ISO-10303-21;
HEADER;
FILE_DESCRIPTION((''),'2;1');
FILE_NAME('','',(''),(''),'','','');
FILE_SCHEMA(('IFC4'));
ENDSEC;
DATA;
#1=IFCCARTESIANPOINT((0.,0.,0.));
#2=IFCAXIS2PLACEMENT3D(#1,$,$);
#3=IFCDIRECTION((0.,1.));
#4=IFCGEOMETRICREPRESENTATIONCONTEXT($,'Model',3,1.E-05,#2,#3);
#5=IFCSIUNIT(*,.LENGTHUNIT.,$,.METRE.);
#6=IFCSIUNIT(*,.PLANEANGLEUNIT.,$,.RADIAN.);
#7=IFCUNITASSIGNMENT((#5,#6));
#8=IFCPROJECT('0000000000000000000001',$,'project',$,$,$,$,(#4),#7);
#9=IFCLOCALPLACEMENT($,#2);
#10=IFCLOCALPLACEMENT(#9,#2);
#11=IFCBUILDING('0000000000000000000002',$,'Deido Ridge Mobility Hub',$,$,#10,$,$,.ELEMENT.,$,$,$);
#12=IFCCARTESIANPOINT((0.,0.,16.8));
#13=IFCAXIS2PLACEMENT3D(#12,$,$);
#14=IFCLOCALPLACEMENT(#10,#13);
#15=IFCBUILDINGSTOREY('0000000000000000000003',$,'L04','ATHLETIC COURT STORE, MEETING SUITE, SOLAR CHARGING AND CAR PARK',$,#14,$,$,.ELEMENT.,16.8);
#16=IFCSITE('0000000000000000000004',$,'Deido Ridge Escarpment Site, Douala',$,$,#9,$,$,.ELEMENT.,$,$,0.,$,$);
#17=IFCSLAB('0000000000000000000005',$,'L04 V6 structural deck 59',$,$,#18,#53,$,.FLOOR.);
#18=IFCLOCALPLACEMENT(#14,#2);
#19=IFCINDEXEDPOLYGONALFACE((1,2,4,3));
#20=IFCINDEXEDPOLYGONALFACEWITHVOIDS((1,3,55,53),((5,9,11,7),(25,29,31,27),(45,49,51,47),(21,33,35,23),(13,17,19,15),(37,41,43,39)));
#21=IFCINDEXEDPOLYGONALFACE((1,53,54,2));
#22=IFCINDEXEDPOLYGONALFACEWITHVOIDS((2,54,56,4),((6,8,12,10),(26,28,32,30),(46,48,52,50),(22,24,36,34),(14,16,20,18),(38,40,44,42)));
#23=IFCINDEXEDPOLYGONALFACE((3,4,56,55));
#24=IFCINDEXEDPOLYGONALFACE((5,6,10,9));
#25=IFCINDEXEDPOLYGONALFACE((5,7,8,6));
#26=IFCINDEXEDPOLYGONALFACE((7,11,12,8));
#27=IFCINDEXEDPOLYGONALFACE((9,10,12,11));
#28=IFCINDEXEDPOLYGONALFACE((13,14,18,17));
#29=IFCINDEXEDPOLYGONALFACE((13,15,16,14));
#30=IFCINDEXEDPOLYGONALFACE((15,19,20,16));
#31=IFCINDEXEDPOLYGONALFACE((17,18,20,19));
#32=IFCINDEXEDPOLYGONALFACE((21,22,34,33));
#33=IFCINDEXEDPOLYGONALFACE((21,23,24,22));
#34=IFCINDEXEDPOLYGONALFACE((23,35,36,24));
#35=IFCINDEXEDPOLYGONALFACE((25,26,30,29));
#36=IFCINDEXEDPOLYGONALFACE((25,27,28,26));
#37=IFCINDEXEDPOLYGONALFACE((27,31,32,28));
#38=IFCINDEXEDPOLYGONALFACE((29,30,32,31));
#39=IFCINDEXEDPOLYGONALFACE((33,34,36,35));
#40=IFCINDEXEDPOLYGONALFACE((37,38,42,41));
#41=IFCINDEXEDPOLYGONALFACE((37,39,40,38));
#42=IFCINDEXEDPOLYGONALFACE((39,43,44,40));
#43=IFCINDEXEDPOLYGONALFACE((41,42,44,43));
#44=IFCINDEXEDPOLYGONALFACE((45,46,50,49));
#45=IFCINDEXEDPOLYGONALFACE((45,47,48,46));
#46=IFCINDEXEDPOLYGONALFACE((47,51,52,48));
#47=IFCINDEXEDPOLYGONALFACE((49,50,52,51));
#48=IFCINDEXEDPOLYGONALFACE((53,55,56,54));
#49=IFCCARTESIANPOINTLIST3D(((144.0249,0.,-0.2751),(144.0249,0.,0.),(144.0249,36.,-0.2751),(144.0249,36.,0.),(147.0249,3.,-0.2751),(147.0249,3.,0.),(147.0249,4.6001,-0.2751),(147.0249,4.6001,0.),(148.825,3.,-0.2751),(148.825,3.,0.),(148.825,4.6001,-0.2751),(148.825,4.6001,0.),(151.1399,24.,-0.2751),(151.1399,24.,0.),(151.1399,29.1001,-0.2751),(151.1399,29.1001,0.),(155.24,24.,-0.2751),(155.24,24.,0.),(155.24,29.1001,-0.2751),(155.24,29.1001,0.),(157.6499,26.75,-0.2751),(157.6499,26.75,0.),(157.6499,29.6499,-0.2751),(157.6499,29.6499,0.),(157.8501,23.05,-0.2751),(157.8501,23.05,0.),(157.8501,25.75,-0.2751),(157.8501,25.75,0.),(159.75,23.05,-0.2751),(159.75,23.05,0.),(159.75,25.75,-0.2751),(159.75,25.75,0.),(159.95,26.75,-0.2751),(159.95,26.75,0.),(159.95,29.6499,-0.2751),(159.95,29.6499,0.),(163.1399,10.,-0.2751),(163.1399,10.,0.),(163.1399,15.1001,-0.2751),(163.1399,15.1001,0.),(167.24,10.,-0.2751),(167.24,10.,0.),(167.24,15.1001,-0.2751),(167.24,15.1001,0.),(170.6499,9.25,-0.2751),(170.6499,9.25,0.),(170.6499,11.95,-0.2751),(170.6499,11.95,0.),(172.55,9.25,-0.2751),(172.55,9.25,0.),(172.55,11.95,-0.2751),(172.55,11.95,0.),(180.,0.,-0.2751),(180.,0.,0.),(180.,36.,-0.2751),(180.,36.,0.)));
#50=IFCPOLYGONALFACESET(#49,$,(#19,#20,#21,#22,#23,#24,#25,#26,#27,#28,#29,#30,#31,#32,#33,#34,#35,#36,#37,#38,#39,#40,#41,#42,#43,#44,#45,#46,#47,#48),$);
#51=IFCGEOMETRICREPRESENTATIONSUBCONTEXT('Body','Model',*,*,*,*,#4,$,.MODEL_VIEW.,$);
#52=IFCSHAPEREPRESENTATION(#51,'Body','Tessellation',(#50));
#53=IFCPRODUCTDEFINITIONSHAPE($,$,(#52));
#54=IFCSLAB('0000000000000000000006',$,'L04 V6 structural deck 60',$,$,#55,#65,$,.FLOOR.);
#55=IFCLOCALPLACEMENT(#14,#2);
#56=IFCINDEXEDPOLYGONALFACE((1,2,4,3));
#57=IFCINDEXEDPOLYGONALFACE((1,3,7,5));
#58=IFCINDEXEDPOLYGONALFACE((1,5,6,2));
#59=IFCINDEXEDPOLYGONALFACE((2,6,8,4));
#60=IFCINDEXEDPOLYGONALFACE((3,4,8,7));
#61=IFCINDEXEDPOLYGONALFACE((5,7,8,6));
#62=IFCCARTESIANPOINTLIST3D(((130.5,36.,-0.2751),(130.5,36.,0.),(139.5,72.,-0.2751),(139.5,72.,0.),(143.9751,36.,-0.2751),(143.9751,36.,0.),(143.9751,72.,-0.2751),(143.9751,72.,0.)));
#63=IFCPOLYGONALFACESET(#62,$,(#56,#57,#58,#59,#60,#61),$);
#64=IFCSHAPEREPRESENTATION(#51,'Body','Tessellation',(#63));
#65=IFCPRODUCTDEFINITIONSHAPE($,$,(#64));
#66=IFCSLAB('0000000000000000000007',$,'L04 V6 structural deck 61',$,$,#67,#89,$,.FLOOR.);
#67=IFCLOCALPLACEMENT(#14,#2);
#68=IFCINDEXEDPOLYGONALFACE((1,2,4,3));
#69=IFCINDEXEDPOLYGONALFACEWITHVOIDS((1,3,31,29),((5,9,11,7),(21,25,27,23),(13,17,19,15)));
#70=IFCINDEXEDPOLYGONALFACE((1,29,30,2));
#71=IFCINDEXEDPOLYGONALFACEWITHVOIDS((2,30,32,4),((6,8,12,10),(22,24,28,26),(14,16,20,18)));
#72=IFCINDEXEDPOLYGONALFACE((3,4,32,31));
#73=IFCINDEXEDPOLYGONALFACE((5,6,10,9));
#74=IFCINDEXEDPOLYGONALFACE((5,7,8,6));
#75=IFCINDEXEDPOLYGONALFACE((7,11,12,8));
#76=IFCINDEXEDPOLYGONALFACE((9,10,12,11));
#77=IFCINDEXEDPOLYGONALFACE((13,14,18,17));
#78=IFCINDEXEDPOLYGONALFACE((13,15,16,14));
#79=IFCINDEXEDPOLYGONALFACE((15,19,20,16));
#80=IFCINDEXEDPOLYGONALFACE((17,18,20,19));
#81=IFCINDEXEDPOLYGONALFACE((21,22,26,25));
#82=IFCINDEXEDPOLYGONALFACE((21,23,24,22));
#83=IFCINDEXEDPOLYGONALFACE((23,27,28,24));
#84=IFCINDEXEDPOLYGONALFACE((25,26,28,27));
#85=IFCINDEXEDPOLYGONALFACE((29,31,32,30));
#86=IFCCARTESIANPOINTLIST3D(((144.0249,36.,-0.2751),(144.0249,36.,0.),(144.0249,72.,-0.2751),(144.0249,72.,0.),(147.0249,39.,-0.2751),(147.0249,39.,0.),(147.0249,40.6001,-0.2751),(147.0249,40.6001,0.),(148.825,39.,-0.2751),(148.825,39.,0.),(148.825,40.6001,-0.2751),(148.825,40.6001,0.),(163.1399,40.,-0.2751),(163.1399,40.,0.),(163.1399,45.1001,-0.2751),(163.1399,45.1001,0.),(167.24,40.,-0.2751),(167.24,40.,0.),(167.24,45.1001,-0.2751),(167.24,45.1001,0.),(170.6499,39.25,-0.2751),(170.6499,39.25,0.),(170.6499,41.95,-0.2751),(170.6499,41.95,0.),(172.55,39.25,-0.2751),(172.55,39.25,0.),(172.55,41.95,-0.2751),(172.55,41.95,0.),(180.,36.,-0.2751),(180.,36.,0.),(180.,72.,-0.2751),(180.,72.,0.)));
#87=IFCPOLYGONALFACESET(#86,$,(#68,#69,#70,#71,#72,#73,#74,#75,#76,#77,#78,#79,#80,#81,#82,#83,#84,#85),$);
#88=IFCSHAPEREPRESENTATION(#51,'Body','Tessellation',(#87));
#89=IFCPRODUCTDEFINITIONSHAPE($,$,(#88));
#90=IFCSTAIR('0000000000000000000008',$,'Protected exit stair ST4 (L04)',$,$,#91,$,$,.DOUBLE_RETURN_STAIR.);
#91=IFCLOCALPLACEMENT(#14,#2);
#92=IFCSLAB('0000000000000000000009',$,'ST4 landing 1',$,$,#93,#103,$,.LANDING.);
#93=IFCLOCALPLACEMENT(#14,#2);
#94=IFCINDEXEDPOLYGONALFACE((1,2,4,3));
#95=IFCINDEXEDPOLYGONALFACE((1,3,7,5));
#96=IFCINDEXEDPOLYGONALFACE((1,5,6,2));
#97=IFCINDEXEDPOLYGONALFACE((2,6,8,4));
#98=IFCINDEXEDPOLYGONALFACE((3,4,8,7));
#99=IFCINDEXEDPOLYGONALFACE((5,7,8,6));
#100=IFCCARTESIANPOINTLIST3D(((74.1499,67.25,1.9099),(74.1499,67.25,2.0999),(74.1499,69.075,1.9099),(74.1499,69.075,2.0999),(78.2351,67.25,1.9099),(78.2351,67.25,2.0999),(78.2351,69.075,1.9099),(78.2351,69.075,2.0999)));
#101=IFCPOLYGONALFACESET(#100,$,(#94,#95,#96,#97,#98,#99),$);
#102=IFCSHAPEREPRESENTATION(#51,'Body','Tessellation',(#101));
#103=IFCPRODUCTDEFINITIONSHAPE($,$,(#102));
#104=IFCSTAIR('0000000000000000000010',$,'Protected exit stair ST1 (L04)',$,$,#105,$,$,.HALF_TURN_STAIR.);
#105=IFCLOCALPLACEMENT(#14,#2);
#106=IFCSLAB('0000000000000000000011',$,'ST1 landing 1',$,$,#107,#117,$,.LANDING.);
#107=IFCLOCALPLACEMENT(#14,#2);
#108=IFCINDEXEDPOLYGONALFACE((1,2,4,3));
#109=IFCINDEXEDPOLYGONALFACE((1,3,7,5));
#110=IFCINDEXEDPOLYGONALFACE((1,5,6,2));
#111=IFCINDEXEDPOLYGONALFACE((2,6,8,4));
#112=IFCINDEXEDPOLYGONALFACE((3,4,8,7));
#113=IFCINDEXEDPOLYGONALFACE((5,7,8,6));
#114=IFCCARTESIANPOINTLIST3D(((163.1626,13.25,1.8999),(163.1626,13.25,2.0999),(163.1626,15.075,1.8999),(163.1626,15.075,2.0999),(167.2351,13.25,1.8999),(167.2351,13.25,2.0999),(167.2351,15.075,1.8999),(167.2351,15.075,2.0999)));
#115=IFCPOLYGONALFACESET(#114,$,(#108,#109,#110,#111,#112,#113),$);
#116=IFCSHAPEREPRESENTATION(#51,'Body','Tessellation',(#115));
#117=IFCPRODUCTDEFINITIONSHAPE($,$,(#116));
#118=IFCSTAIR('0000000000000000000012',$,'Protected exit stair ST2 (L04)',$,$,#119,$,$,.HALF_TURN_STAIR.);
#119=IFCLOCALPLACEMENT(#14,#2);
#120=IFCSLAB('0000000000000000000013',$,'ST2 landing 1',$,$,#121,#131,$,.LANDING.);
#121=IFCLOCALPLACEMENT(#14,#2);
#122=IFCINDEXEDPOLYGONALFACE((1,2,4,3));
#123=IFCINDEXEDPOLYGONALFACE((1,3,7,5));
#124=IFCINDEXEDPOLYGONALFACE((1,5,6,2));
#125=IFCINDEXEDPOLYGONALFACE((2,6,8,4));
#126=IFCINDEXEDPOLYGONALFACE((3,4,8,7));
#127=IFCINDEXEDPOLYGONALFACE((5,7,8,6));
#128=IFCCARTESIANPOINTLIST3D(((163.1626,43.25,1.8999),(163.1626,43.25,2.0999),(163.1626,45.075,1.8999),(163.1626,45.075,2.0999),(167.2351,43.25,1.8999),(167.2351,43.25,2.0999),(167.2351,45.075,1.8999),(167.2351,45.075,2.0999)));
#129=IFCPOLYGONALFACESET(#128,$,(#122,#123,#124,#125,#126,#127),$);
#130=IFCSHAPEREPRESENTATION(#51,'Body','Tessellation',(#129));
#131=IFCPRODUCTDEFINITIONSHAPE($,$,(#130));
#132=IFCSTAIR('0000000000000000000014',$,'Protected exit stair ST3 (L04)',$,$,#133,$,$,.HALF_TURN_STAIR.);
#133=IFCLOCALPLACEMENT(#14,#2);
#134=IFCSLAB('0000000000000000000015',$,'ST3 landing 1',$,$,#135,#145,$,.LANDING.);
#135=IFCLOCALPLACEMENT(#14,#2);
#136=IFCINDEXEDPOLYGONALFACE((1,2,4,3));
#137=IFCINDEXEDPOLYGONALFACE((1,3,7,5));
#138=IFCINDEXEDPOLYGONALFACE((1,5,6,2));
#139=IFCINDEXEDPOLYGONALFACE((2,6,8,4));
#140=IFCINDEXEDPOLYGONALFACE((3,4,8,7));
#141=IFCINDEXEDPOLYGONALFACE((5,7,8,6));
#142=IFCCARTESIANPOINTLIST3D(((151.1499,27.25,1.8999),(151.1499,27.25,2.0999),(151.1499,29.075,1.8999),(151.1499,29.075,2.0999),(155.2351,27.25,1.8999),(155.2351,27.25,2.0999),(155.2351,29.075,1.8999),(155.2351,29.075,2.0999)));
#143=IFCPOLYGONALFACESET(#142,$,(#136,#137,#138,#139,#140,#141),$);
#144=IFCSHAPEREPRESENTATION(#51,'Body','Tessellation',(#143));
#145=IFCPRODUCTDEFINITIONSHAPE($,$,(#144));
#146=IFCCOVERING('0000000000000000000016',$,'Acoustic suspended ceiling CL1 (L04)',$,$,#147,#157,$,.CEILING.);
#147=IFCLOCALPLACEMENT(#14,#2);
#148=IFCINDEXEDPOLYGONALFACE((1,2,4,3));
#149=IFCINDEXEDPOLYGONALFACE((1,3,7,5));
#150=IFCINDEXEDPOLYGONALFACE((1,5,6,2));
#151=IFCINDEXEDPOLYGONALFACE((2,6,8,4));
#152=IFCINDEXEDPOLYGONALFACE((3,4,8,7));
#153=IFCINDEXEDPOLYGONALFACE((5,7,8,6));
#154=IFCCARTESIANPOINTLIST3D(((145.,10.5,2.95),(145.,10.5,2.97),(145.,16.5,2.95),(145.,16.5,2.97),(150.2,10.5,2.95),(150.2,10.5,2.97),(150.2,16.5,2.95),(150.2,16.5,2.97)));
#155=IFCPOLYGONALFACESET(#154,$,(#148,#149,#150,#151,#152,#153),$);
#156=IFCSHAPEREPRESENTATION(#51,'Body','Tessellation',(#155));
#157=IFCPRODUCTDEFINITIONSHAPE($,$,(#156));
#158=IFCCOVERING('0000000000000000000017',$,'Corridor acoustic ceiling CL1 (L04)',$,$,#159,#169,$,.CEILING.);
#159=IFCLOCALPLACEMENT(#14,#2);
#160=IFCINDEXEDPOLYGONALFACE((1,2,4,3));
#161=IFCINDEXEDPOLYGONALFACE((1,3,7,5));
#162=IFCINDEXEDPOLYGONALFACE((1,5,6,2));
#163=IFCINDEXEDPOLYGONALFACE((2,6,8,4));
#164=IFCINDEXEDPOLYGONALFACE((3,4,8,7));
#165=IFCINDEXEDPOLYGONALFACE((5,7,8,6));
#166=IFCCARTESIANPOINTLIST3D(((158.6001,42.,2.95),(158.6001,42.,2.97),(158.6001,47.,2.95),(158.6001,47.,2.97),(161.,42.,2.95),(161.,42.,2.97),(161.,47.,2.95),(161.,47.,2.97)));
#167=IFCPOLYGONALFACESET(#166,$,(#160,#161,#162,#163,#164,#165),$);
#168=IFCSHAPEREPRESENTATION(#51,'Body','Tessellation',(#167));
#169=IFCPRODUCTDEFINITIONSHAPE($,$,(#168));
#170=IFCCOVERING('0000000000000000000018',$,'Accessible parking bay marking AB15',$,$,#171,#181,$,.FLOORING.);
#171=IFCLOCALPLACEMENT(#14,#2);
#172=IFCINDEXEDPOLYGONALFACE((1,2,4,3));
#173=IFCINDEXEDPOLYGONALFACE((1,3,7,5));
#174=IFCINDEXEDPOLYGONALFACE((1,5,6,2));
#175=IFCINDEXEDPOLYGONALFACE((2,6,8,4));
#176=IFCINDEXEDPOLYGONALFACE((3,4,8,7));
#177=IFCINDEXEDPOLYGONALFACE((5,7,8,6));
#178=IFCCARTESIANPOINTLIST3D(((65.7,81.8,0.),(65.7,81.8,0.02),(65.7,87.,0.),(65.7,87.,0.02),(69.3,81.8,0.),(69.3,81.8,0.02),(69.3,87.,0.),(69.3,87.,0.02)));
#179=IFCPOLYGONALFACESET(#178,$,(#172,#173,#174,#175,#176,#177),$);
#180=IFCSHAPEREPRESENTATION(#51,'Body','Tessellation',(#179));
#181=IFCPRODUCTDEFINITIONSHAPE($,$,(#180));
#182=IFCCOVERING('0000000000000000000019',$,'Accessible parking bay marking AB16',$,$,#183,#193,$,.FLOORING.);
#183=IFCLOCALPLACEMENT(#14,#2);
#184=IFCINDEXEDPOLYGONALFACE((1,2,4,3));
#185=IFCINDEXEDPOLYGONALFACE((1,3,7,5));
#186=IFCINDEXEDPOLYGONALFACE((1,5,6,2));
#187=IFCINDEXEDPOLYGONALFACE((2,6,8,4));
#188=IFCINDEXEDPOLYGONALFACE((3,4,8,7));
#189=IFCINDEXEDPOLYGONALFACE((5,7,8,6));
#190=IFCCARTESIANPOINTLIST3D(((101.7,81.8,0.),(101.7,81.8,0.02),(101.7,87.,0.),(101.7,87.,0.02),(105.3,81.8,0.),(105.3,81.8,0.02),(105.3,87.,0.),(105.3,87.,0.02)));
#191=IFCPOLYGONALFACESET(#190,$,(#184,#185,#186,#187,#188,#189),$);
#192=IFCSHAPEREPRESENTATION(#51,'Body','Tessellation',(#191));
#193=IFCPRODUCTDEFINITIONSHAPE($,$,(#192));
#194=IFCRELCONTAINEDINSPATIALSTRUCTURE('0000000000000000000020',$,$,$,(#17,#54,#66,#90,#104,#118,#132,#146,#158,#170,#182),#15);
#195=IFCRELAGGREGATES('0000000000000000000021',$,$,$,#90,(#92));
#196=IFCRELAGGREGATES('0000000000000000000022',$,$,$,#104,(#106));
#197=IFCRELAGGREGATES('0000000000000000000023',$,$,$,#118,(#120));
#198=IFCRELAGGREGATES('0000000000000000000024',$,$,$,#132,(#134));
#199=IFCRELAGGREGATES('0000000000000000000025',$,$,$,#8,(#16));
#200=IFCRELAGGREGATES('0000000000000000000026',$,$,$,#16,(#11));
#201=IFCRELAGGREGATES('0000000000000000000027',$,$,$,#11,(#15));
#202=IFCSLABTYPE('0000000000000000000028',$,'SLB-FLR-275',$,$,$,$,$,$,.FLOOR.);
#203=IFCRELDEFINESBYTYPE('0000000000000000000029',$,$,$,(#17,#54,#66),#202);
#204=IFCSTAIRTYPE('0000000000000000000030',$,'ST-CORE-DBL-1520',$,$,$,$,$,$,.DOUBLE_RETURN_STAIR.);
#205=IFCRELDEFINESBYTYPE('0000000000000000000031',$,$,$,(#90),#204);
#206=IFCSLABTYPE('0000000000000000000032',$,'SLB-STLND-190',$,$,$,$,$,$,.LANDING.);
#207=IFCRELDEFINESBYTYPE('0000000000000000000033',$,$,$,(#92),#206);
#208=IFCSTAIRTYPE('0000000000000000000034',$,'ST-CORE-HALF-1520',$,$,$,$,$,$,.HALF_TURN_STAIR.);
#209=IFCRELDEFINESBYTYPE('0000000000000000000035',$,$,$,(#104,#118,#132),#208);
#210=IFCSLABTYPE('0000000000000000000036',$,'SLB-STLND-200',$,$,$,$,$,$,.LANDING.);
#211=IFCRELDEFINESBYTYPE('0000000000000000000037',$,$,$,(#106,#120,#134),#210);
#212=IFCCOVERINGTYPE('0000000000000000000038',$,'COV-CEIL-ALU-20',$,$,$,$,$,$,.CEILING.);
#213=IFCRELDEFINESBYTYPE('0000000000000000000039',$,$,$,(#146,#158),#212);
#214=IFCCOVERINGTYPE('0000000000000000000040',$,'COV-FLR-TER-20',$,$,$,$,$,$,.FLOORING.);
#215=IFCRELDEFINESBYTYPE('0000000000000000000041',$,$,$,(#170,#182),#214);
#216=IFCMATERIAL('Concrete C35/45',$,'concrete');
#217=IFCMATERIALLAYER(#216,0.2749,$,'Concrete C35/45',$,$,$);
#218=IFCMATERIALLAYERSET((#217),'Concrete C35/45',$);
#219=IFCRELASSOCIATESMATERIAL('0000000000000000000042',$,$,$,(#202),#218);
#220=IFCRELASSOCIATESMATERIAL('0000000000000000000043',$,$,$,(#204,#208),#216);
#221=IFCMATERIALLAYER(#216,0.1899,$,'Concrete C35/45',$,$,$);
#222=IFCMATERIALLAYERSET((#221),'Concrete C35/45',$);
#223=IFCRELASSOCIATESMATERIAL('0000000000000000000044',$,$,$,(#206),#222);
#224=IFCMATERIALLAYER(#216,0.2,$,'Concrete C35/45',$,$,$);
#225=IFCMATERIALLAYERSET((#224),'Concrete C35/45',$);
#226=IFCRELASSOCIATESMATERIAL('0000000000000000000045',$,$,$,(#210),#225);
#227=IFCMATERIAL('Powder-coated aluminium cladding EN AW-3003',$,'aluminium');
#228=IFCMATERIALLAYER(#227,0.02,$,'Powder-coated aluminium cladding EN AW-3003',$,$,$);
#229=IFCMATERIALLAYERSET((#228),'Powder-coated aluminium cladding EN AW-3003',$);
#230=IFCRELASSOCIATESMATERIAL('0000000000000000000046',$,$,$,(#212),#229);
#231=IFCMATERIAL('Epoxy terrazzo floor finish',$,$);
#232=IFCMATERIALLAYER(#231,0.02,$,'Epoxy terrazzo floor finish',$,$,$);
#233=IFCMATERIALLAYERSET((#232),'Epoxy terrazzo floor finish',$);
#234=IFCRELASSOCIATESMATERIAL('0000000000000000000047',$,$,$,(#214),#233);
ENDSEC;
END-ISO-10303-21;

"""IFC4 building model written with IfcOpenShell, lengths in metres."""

from ifc_helpers import new_model, si_unit, direction, frame, origin, place, context, subcontext, project, spatial, polyline, outline, extrude, material, layer, layer_set, type_object, element, aggregate, save


model = new_model("IFC4")

# Units and contexts
model_context = context("Model", 3, precision=1e-05, world=origin(), true_north=direction((0.0, 1.0)))
body_context = subcontext(model_context, "Body", "Model", "MODEL_VIEW")
ifc_project = project(units=[si_unit("LENGTHUNIT", "METRE"), si_unit("PLANEANGLEUNIT", "RADIAN")], contexts=[model_context])

# Site, building, storey
site_placement = place(None, origin())
site = spatial("IfcSite", under=ifc_project, at=site_placement, Name="Deido Ridge Escarpment Site, Douala", CompositionType="ELEMENT", RefElevation=0.0)
building_placement = place(site_placement, origin())
building = spatial("IfcBuilding", under=site, at=building_placement, Name="Deido Ridge Mobility Hub", CompositionType="ELEMENT")
storey_placement = place(building_placement, frame((0.0, 0.0, 16.8)))
storey = spatial("IfcBuildingStorey", under=building, at=storey_placement, Name="L04", Description="ATHLETIC COURT STORE, MEETING SUITE, SOLAR CHARGING AND CAR PARK", CompositionType="ELEMENT", Elevation=16.8)

# Slabs
ifc_material_1 = material(Name="Concrete C35/45", Category="concrete")
ifc_layer_1 = layer(ifc_material_1, 0.2749, Name="Concrete C35/45")
ifc_layer_set_1 = layer_set([ifc_layer_1], Name="Concrete C35/45")
slab_type_1 = type_object("IfcSlabType", Name="SLB-FLR-275", PredefinedType="FLOOR", material=ifc_layer_set_1)
slab_1_placement = place(storey_placement, frame((0.0, 0.0, -0.2751)))
element("IfcSlab", 1, at=slab_1_placement, inside=storey, type_object=slab_type_1, Name="L04 V6 structural deck 59", PredefinedType="FLOOR", context=body_context, shape_type="SweptSolid", body=[
    extrude(outline(polyline([(180.0, 36.0), (180.0, 0.0), (144.0249, 0.0), (144.0249, 36.0), (180.0, 36.0)]), holes=[polyline([(147.0249, 3.0), (147.0249, 4.6001), (148.825, 4.6001), (148.825, 3.0), (147.0249, 3.0)]), polyline([(170.6499, 9.25), (170.6499, 11.95), (172.55, 11.95), (172.55, 9.25), (170.6499, 9.25)]), polyline([(163.1399, 10.0), (163.1399, 15.1001), (167.24, 15.1001), (167.24, 10.0), (163.1399, 10.0)]), polyline([(157.8501, 23.05), (157.8501, 25.75), (159.75, 25.75), (159.75, 23.05), (157.8501, 23.05)]), polyline([(151.1399, 24.0), (151.1399, 29.1001), (155.24, 29.1001), (155.24, 24.0), (151.1399, 24.0)]), polyline([(157.6499, 26.75), (157.6499, 29.6499), (159.95, 29.6499), (159.95, 26.75), (157.6499, 26.75)])]), origin(), (0.0, 0.0, 1.0), 0.2751),
])
slab_2_placement = place(storey_placement, frame((0.0, 0.0, -0.2751)))
element("IfcSlab", 2, at=slab_2_placement, inside=storey, type_object=slab_type_1, Name="L04 V6 structural deck 60", PredefinedType="FLOOR", context=body_context, shape_type="SweptSolid", body=[
    extrude(outline(polyline([(143.9751, 72.0), (143.9751, 36.0), (130.5, 36.0), (139.5, 72.0), (143.9751, 72.0)])), origin(), (0.0, 0.0, 1.0), 0.2751),
])
slab_3_placement = place(storey_placement, frame((0.0, 0.0, -0.2751)))
element("IfcSlab", 3, at=slab_3_placement, inside=storey, type_object=slab_type_1, Name="L04 V6 structural deck 61", PredefinedType="FLOOR", context=body_context, shape_type="SweptSolid", body=[
    extrude(outline(polyline([(180.0, 72.0), (180.0, 36.0), (144.0249, 36.0), (144.0249, 72.0), (180.0, 72.0)]), holes=[polyline([(147.0249, 39.0), (147.0249, 40.6001), (148.825, 40.6001), (148.825, 39.0), (147.0249, 39.0)]), polyline([(170.6499, 39.25), (170.6499, 41.95), (172.55, 41.95), (172.55, 39.25), (170.6499, 39.25)]), polyline([(163.1399, 40.0), (163.1399, 45.1001), (167.24, 45.1001), (167.24, 40.0), (163.1399, 40.0)])]), origin(), (0.0, 0.0, 1.0), 0.2751),
])

# Stairs, slabs
stair_type_1 = type_object("IfcStairType", Name="ST-CORE-DBL-1520", PredefinedType="DOUBLE_RETURN_STAIR", material=ifc_material_1)
stair_1_placement = place(storey_placement, origin())
stair_1 = element("IfcStair", 4, at=stair_1_placement, inside=storey, type_object=stair_type_1, Name="Protected exit stair ST4 (L04)", PredefinedType="DOUBLE_RETURN_STAIR")
ifc_layer_2 = layer(ifc_material_1, 0.1899, Name="Concrete C35/45")
ifc_layer_set_2 = layer_set([ifc_layer_2], Name="Concrete C35/45")
slab_type_2 = type_object("IfcSlabType", Name="SLB-STLND-190", PredefinedType="LANDING", material=ifc_layer_set_2)
slab_4_placement = place(storey_placement, frame((0.0, 0.0, 1.9099)))
slab_4 = element("IfcSlab", 5, at=slab_4_placement, type_object=slab_type_2, Name="ST4 landing 1", PredefinedType="LANDING", context=body_context, shape_type="SweptSolid", body=[
    extrude(outline(polyline([(74.1499, 67.25), (78.2351, 67.25), (78.2351, 69.075), (74.1499, 69.075), (74.1499, 67.25)])), origin(), (0.0, 0.0, 1.0), 0.1899),
])
aggregate(stair_1, [slab_4])
stair_type_2 = type_object("IfcStairType", Name="ST-CORE-HALF-1520", PredefinedType="HALF_TURN_STAIR", material=ifc_material_1)
stair_2_placement = place(storey_placement, origin())
stair_2 = element("IfcStair", 6, at=stair_2_placement, inside=storey, type_object=stair_type_2, Name="Protected exit stair ST1 (L04)", PredefinedType="HALF_TURN_STAIR")
ifc_layer_3 = layer(ifc_material_1, 0.2, Name="Concrete C35/45")
ifc_layer_set_3 = layer_set([ifc_layer_3], Name="Concrete C35/45")
slab_type_3 = type_object("IfcSlabType", Name="SLB-STLND-200", PredefinedType="LANDING", material=ifc_layer_set_3)
slab_5_placement = place(storey_placement, frame((0.0, 0.0, 1.8999)))
slab_5 = element("IfcSlab", 7, at=slab_5_placement, type_object=slab_type_3, Name="ST1 landing 1", PredefinedType="LANDING", context=body_context, shape_type="SweptSolid", body=[
    extrude(outline(polyline([(163.1626, 13.25), (167.2351, 13.25), (167.2351, 15.075), (163.1626, 15.075), (163.1626, 13.25)])), origin(), (0.0, 0.0, 1.0), 0.2),
])
aggregate(stair_2, [slab_5])
stair_3_placement = place(storey_placement, origin())
stair_3 = element("IfcStair", 8, at=stair_3_placement, inside=storey, type_object=stair_type_2, Name="Protected exit stair ST2 (L04)", PredefinedType="HALF_TURN_STAIR")
slab_6_placement = place(storey_placement, frame((0.0, 0.0, 1.8999)))
slab_6 = element("IfcSlab", 9, at=slab_6_placement, type_object=slab_type_3, Name="ST2 landing 1", PredefinedType="LANDING", context=body_context, shape_type="SweptSolid", body=[
    extrude(outline(polyline([(163.1626, 43.25), (167.2351, 43.25), (167.2351, 45.075), (163.1626, 45.075), (163.1626, 43.25)])), origin(), (0.0, 0.0, 1.0), 0.2),
])
aggregate(stair_3, [slab_6])
stair_4_placement = place(storey_placement, origin())
stair_4 = element("IfcStair", 10, at=stair_4_placement, inside=storey, type_object=stair_type_2, Name="Protected exit stair ST3 (L04)", PredefinedType="HALF_TURN_STAIR")
slab_7_placement = place(storey_placement, frame((0.0, 0.0, 1.8999)))
slab_7 = element("IfcSlab", 11, at=slab_7_placement, type_object=slab_type_3, Name="ST3 landing 1", PredefinedType="LANDING", context=body_context, shape_type="SweptSolid", body=[
    extrude(outline(polyline([(151.1499, 27.25), (155.2351, 27.25), (155.2351, 29.075), (151.1499, 29.075), (151.1499, 27.25)])), origin(), (0.0, 0.0, 1.0), 0.2),
])
aggregate(stair_4, [slab_7])

# Shared definitions
ifc_material_2 = material(Name="Powder-coated aluminium cladding EN AW-3003", Category="aluminium")

# Coverings
ifc_layer_4 = layer(ifc_material_2, 0.02, Name="Powder-coated aluminium cladding EN AW-3003")
ifc_layer_set_4 = layer_set([ifc_layer_4], Name="Powder-coated aluminium cladding EN AW-3003")
covering_type_1 = type_object("IfcCoveringType", Name="COV-CEIL-ALU-20", PredefinedType="CEILING", material=ifc_layer_set_4)
covering_1_placement = place(storey_placement, frame((0.0, 0.0, 2.95)))
element("IfcCovering", 12, at=covering_1_placement, inside=storey, type_object=covering_type_1, Name="Acoustic suspended ceiling CL1 (L04)", PredefinedType="CEILING", context=body_context, shape_type="SweptSolid", body=[
    extrude(outline(polyline([(145.0, 10.5), (150.2, 10.5), (150.2, 16.5), (145.0, 16.5), (145.0, 10.5)])), origin(), (0.0, 0.0, 1.0), 0.02),
])
covering_2_placement = place(storey_placement, frame((0.0, 0.0, 2.95)))
element("IfcCovering", 13, at=covering_2_placement, inside=storey, type_object=covering_type_1, Name="Corridor acoustic ceiling CL1 (L04)", PredefinedType="CEILING", context=body_context, shape_type="SweptSolid", body=[
    extrude(outline(polyline([(158.6001, 42.0), (161.0, 42.0), (161.0, 47.0), (158.6001, 47.0), (158.6001, 42.0)])), origin(), (0.0, 0.0, 1.0), 0.02),
])
ifc_material_3 = material(Name="Epoxy terrazzo floor finish")
ifc_layer_5 = layer(ifc_material_3, 0.02, Name="Epoxy terrazzo floor finish")
ifc_layer_set_5 = layer_set([ifc_layer_5], Name="Epoxy terrazzo floor finish")
covering_type_2 = type_object("IfcCoveringType", Name="COV-FLR-TER-20", PredefinedType="FLOORING", material=ifc_layer_set_5)
covering_3_placement = place(storey_placement, origin())
element("IfcCovering", 14, at=covering_3_placement, inside=storey, type_object=covering_type_2, Name="Accessible parking bay marking AB15", PredefinedType="FLOORING", context=body_context, shape_type="SweptSolid", body=[
    extrude(outline(polyline([(65.7, 81.8), (69.3, 81.8), (69.3, 87.0), (65.7, 87.0), (65.7, 81.8)])), origin(), (0.0, 0.0, 1.0), 0.02),
])
covering_4_placement = place(storey_placement, origin())
element("IfcCovering", 15, at=covering_4_placement, inside=storey, type_object=covering_type_2, Name="Accessible parking bay marking AB16", PredefinedType="FLOORING", context=body_context, shape_type="SweptSolid", body=[
    extrude(outline(polyline([(101.7, 81.8), (105.3, 81.8), (105.3, 87.0), (101.7, 87.0), (101.7, 81.8)])), origin(), (0.0, 0.0, 1.0), 0.02),
])

save(model, "model.ifc")
